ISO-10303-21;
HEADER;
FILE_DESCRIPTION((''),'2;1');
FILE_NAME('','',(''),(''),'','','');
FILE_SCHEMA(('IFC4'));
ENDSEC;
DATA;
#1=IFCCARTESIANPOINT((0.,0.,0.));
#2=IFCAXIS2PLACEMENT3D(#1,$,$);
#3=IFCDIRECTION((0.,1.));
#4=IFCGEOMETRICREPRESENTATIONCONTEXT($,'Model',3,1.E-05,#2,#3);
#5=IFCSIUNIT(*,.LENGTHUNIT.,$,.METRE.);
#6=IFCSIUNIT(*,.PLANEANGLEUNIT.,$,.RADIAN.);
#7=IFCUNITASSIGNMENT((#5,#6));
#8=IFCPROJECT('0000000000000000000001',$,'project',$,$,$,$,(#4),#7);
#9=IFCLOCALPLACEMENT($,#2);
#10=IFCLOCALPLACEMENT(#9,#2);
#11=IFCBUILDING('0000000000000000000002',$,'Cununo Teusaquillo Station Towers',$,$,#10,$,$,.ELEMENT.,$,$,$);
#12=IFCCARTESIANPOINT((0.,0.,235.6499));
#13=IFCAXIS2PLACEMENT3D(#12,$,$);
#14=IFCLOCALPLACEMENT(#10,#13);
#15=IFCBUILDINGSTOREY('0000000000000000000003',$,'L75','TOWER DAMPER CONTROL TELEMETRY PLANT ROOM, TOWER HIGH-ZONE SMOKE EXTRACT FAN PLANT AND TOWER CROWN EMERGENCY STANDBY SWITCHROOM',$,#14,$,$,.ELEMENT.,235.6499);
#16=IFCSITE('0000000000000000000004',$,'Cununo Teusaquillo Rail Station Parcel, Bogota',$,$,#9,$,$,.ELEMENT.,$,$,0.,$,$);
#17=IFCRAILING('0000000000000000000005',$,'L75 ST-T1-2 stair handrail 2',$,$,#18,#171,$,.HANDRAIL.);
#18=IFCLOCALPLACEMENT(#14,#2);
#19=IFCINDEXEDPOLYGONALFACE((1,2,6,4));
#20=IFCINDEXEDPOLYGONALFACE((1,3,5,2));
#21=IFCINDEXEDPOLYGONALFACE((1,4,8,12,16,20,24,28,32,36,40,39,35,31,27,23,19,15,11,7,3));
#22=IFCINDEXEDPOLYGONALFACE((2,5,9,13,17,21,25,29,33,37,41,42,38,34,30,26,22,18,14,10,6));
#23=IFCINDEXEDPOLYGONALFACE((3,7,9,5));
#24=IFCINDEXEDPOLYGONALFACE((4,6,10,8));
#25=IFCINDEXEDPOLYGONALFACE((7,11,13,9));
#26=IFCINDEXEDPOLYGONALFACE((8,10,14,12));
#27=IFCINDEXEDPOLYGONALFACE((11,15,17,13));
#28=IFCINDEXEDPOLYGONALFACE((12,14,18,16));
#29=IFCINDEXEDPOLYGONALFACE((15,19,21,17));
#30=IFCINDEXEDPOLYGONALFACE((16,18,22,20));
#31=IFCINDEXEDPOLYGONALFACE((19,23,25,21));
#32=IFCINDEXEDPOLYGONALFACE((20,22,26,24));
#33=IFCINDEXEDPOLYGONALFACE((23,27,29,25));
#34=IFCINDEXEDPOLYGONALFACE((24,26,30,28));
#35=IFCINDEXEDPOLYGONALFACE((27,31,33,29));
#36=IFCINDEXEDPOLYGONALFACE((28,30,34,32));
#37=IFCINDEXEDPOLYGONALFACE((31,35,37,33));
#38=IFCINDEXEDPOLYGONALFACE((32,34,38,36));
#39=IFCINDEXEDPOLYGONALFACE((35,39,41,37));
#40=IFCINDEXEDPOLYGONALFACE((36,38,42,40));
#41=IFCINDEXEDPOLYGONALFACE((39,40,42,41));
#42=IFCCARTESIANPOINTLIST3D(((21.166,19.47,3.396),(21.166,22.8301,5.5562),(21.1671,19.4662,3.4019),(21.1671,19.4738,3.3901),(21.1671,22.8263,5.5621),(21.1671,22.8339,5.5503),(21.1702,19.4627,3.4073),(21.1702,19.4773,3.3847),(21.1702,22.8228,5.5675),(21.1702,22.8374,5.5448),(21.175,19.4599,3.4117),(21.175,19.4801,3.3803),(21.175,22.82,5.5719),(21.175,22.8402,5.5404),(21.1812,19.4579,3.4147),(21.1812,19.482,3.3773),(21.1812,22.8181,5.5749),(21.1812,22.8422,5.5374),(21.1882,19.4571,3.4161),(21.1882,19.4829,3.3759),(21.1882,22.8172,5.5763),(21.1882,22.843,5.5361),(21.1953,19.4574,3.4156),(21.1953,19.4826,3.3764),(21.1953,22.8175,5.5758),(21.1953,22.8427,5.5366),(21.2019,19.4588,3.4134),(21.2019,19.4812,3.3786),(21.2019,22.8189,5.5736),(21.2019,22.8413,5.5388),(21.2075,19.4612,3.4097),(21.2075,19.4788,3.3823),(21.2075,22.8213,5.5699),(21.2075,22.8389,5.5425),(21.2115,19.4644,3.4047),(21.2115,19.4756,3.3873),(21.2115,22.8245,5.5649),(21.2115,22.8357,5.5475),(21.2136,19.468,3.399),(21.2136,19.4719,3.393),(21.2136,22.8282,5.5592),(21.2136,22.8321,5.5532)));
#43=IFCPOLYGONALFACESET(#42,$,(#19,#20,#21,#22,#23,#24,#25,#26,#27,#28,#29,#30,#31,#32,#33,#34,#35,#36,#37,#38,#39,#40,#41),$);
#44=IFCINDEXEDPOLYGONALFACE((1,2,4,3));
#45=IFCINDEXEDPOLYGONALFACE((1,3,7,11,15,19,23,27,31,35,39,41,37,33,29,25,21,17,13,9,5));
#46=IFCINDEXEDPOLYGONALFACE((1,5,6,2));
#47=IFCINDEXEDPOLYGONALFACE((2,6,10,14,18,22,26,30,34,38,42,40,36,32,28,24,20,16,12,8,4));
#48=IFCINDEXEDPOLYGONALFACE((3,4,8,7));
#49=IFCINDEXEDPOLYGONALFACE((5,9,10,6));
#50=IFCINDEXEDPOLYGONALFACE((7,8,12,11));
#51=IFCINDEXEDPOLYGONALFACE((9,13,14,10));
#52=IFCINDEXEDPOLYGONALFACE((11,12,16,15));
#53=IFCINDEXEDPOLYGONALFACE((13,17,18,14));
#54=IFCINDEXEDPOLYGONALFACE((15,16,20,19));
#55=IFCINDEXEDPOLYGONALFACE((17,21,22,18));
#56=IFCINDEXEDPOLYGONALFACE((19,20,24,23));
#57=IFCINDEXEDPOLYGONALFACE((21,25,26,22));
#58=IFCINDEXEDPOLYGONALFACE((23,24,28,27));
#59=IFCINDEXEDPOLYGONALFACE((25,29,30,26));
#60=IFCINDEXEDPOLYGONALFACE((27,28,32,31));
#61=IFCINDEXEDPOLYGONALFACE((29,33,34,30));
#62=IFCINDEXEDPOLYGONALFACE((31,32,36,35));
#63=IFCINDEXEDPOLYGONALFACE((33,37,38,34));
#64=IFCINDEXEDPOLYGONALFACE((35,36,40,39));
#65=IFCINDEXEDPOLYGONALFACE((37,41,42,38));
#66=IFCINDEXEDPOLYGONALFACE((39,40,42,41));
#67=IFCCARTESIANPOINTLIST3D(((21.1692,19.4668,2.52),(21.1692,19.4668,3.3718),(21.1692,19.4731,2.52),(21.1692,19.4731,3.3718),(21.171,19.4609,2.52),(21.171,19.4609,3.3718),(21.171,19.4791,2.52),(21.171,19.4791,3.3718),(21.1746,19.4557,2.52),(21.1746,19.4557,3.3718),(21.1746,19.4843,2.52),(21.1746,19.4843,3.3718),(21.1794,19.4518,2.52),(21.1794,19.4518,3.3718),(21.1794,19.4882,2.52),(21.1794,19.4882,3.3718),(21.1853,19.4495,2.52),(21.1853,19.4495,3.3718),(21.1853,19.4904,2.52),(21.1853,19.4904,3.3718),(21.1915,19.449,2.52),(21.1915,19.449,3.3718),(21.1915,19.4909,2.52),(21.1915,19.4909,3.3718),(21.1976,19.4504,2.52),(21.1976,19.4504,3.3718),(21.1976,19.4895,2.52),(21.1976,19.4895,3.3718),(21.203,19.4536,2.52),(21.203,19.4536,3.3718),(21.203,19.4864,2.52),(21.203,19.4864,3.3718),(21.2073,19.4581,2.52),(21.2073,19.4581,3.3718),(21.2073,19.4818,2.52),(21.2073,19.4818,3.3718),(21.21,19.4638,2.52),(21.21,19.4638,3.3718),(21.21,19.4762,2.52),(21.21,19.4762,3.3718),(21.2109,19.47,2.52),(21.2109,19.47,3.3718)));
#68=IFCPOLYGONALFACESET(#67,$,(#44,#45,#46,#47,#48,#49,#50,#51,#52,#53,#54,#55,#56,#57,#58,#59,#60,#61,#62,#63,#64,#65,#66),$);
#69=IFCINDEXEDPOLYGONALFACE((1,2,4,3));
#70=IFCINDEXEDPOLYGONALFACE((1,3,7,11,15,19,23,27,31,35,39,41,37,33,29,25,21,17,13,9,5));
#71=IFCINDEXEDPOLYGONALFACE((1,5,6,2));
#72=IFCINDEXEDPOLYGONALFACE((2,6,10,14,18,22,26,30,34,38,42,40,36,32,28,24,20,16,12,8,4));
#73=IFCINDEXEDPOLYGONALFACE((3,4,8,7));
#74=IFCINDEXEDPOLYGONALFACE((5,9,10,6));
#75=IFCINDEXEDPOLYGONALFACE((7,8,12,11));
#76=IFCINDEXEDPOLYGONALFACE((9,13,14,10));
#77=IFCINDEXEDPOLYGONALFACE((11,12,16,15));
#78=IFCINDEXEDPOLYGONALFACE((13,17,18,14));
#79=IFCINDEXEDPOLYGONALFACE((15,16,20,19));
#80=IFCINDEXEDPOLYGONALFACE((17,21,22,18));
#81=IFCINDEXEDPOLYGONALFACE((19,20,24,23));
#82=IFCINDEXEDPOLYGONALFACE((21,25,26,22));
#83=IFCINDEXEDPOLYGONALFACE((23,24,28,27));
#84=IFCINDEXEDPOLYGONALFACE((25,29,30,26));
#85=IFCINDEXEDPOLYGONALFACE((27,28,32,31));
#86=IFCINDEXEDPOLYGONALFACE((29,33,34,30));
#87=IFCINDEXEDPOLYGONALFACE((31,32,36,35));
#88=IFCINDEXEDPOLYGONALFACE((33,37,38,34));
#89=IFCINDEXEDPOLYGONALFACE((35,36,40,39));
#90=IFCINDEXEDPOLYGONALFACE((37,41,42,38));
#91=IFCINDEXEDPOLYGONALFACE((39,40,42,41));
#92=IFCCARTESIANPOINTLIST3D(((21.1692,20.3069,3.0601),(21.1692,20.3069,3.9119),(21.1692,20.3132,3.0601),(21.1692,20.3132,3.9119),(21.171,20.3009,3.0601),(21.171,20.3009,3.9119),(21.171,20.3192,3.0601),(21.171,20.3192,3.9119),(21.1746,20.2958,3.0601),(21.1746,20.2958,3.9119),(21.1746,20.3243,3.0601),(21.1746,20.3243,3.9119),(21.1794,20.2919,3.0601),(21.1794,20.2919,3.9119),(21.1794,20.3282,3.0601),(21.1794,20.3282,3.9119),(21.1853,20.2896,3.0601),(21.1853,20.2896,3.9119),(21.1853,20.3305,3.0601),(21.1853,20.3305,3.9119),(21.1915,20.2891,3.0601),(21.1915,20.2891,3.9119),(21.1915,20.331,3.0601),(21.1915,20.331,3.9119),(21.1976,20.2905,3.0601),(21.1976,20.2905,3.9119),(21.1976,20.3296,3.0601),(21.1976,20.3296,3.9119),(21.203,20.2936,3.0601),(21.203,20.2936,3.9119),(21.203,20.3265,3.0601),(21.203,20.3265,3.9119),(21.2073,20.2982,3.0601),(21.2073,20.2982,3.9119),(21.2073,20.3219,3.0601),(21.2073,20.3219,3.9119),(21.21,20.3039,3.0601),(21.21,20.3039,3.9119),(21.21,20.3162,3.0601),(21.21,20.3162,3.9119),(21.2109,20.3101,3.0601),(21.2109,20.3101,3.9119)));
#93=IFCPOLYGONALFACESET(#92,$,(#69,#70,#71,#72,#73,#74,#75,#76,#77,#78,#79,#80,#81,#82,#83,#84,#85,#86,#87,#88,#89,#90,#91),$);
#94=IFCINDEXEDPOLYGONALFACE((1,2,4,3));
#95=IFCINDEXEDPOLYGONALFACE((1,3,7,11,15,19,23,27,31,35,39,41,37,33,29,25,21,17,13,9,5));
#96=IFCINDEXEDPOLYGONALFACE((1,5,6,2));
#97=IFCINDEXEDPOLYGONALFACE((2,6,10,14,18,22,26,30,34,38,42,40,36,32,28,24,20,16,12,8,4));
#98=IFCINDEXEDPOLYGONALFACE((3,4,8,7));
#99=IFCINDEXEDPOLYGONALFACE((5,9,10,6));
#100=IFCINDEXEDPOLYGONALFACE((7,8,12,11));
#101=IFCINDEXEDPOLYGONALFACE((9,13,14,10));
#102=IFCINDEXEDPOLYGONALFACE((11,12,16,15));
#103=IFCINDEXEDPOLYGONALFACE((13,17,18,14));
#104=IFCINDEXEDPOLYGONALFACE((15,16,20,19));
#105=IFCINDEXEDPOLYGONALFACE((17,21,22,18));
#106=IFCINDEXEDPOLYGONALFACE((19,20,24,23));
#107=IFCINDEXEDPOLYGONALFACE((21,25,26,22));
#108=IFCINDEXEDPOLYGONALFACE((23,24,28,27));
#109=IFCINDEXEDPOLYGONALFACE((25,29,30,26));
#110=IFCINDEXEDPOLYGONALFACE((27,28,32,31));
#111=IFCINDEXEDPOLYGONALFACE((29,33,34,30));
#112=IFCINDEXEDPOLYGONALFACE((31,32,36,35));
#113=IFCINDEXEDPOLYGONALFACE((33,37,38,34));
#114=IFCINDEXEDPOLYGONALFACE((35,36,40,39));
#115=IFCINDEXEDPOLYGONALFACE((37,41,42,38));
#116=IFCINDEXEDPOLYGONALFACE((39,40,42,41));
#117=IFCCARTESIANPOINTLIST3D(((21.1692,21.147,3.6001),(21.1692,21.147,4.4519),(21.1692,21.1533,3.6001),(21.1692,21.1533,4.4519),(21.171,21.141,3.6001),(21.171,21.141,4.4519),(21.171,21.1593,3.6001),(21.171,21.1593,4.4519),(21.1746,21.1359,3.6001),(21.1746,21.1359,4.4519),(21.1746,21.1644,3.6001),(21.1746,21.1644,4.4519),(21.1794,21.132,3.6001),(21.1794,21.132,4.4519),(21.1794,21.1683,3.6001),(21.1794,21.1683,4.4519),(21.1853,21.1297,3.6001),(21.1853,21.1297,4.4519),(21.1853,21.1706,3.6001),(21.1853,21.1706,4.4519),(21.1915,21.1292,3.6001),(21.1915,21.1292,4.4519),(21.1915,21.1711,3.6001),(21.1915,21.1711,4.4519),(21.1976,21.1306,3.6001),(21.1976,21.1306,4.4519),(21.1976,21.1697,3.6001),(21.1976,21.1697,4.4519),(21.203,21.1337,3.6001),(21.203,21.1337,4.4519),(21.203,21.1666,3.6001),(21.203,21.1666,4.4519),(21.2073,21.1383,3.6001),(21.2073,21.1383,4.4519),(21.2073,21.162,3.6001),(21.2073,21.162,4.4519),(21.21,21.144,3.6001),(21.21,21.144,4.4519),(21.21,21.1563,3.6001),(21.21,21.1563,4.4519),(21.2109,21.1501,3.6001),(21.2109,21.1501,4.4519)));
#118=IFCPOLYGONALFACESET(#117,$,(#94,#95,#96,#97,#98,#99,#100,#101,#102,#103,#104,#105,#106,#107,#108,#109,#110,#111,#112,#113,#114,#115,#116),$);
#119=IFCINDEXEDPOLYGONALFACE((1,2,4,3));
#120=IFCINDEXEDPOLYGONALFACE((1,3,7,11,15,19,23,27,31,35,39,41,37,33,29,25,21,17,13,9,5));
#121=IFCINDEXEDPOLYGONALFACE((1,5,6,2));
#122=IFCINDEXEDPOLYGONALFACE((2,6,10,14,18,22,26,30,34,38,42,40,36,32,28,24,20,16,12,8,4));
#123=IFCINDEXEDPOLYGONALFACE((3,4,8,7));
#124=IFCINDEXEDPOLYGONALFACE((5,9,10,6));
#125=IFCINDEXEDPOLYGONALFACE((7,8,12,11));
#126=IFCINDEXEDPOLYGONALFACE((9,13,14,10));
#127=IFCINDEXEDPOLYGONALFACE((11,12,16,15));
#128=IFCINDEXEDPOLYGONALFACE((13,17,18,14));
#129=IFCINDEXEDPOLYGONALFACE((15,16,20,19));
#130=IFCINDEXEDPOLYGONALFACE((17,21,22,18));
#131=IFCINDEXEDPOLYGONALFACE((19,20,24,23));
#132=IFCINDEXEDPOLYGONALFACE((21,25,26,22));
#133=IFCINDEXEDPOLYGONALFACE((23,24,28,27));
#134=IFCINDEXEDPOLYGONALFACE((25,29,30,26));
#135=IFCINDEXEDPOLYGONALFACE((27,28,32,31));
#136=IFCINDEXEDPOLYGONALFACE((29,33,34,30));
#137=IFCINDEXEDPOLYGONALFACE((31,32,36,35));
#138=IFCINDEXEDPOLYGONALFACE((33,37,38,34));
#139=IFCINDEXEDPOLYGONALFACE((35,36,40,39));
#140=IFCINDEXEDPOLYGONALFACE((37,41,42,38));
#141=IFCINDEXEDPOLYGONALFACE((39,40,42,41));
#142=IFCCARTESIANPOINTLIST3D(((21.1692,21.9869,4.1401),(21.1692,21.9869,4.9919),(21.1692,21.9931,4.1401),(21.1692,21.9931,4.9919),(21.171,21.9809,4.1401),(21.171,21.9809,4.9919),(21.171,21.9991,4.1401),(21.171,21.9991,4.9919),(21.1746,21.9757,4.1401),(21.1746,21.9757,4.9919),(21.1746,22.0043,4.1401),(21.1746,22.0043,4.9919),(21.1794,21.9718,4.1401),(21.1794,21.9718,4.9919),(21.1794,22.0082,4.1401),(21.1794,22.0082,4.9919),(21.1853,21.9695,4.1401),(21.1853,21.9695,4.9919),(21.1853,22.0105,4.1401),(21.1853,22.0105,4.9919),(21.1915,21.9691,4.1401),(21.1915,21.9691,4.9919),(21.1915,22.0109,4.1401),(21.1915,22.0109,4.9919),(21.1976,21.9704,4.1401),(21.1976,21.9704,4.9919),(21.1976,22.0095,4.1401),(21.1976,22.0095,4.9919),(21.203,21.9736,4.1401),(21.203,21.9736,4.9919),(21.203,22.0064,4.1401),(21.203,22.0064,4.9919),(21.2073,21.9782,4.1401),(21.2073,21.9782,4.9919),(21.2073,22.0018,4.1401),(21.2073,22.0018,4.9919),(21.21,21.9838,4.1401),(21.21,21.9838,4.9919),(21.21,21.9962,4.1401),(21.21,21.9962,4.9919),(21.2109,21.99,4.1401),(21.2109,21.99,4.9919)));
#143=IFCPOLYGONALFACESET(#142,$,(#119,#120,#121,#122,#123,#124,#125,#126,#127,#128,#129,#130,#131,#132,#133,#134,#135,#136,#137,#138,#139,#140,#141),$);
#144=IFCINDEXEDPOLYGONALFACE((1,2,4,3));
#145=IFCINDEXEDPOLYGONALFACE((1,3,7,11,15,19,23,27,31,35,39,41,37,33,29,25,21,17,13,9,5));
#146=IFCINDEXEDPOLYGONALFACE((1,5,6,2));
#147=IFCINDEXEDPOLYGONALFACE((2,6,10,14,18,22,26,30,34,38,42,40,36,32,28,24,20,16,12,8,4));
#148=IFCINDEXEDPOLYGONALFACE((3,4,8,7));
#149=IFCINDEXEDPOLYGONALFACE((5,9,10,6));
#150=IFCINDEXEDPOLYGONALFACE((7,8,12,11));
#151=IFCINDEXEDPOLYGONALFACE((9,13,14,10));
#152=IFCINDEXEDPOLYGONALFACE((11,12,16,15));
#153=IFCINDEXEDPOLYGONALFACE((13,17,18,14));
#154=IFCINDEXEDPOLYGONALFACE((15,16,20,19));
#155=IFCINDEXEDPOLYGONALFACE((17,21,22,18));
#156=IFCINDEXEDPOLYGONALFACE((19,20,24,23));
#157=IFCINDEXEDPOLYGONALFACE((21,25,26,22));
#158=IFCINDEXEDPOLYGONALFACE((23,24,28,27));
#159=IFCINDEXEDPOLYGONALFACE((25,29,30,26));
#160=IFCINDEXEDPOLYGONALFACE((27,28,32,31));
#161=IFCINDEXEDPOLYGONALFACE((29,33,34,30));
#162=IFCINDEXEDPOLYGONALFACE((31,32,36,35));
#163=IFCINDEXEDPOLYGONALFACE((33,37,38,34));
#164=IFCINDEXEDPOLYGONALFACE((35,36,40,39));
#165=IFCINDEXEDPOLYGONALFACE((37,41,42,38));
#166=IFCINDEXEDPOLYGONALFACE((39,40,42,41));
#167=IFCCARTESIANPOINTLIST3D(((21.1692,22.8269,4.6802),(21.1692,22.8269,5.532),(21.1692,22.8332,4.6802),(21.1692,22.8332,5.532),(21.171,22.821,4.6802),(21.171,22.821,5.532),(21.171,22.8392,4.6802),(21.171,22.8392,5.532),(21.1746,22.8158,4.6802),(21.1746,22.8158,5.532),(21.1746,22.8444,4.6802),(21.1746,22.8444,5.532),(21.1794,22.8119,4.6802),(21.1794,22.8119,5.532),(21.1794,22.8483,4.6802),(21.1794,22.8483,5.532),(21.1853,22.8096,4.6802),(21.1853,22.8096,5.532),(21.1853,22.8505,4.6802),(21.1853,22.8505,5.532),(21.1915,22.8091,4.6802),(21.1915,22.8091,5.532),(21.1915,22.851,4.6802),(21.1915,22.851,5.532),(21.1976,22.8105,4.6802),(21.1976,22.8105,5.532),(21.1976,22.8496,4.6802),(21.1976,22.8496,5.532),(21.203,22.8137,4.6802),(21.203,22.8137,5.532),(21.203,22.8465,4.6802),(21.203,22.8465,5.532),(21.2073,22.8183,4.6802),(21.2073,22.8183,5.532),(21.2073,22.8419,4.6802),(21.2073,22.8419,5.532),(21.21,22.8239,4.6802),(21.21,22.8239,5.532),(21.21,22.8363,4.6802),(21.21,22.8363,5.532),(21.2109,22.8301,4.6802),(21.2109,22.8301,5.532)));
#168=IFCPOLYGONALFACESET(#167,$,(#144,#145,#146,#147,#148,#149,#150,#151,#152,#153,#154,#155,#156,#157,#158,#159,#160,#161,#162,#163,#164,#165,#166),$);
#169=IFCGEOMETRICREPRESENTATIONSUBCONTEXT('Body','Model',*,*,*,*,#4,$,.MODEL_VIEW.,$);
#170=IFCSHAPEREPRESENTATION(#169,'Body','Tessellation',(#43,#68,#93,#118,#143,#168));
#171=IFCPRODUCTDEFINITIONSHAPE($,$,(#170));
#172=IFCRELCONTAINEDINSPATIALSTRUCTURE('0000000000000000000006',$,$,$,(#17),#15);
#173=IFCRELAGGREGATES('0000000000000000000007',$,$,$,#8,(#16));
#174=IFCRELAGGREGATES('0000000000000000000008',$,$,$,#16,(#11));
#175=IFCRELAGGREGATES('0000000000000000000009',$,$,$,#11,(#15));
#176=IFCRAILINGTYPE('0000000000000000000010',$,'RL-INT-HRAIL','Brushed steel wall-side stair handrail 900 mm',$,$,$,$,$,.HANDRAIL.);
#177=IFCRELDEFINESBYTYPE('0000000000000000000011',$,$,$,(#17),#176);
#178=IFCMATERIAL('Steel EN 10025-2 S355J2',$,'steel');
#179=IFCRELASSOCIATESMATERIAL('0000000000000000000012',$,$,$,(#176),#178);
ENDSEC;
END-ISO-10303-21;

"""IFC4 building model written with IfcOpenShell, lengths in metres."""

from ifc_helpers import new_model, si_unit, direction, frame, origin, origin_2d, place, context, subcontext, project, spatial, circle, extrude, material, type_object, element, save


model = new_model("IFC4")

# Units and contexts
model_context = context("Model", 3, precision=1e-05, world=origin(), true_north=direction((0.0, 1.0)))
body_context = subcontext(model_context, "Body", "Model", "MODEL_VIEW")
ifc_project = project(units=[si_unit("LENGTHUNIT", "METRE"), si_unit("PLANEANGLEUNIT", "RADIAN")], contexts=[model_context])

# Site, building, storey
site_placement = place(None, origin())
site = spatial("IfcSite", under=ifc_project, at=site_placement, Name="Cununo Teusaquillo Rail Station Parcel, Bogota", CompositionType="ELEMENT", RefElevation=0.0)
building_placement = place(site_placement, origin())
building = spatial("IfcBuilding", under=site, at=building_placement, Name="Cununo Teusaquillo Station Towers", CompositionType="ELEMENT")
storey_placement = place(building_placement, frame((0.0, 0.0, 235.6499)))
storey = spatial("IfcBuildingStorey", under=building, at=storey_placement, Name="L75", Description="TOWER DAMPER CONTROL TELEMETRY PLANT ROOM, TOWER HIGH-ZONE SMOKE EXTRACT FAN PLANT AND TOWER CROWN EMERGENCY STANDBY SWITCHROOM", CompositionType="ELEMENT", Elevation=235.6499)

# Railing
ifc_material_1 = material(Name="Steel EN 10025-2 S355J2", Category="steel")
railing_type_1 = type_object("IfcRailingType", Name="RL-INT-HRAIL", Description="Brushed steel wall-side stair handrail 900 mm", PredefinedType="HANDRAIL", material=ifc_material_1)
railing_1_placement = place(storey_placement, frame((21.1899, 19.47, 2.52)))
element("IfcRailing", 1, at=railing_1_placement, inside=storey, type_object=railing_type_1, Name="L75 ST-T1-2 stair handrail 2", PredefinedType="HANDRAIL", context=body_context, shape_type="SweptSolid", body=[
    extrude(circle(Radius=0.0239, at=origin_2d()), frame((0.0, 0.0, 0.876), z_axis=(0.0, 0.841169, 0.540773), x_axis=(-1.0, 0.0, 0.0)), (0.0, 0.0, 1.0), 3.9946),
    extrude(circle(Radius=0.021, at=origin_2d()), origin(), (0.0, 0.0, 1.0), 0.8518),
    extrude(circle(Radius=0.021, at=origin_2d()), frame((0.0, 0.8401, 0.54)), (0.0, 0.0, 1.0), 0.8518),
    extrude(circle(Radius=0.021, at=origin_2d()), frame((0.0, 1.6802, 1.0801)), (0.0, 0.0, 1.0), 0.8518),
    extrude(circle(Radius=0.021, at=origin_2d()), frame((0.0, 2.52, 1.6201)), (0.0, 0.0, 1.0), 0.8518),
    extrude(circle(Radius=0.021, at=origin_2d()), frame((0.0, 3.3601, 2.1602)), (0.0, 0.0, 1.0), 0.8518),
])

save(model, "model.ifc")
